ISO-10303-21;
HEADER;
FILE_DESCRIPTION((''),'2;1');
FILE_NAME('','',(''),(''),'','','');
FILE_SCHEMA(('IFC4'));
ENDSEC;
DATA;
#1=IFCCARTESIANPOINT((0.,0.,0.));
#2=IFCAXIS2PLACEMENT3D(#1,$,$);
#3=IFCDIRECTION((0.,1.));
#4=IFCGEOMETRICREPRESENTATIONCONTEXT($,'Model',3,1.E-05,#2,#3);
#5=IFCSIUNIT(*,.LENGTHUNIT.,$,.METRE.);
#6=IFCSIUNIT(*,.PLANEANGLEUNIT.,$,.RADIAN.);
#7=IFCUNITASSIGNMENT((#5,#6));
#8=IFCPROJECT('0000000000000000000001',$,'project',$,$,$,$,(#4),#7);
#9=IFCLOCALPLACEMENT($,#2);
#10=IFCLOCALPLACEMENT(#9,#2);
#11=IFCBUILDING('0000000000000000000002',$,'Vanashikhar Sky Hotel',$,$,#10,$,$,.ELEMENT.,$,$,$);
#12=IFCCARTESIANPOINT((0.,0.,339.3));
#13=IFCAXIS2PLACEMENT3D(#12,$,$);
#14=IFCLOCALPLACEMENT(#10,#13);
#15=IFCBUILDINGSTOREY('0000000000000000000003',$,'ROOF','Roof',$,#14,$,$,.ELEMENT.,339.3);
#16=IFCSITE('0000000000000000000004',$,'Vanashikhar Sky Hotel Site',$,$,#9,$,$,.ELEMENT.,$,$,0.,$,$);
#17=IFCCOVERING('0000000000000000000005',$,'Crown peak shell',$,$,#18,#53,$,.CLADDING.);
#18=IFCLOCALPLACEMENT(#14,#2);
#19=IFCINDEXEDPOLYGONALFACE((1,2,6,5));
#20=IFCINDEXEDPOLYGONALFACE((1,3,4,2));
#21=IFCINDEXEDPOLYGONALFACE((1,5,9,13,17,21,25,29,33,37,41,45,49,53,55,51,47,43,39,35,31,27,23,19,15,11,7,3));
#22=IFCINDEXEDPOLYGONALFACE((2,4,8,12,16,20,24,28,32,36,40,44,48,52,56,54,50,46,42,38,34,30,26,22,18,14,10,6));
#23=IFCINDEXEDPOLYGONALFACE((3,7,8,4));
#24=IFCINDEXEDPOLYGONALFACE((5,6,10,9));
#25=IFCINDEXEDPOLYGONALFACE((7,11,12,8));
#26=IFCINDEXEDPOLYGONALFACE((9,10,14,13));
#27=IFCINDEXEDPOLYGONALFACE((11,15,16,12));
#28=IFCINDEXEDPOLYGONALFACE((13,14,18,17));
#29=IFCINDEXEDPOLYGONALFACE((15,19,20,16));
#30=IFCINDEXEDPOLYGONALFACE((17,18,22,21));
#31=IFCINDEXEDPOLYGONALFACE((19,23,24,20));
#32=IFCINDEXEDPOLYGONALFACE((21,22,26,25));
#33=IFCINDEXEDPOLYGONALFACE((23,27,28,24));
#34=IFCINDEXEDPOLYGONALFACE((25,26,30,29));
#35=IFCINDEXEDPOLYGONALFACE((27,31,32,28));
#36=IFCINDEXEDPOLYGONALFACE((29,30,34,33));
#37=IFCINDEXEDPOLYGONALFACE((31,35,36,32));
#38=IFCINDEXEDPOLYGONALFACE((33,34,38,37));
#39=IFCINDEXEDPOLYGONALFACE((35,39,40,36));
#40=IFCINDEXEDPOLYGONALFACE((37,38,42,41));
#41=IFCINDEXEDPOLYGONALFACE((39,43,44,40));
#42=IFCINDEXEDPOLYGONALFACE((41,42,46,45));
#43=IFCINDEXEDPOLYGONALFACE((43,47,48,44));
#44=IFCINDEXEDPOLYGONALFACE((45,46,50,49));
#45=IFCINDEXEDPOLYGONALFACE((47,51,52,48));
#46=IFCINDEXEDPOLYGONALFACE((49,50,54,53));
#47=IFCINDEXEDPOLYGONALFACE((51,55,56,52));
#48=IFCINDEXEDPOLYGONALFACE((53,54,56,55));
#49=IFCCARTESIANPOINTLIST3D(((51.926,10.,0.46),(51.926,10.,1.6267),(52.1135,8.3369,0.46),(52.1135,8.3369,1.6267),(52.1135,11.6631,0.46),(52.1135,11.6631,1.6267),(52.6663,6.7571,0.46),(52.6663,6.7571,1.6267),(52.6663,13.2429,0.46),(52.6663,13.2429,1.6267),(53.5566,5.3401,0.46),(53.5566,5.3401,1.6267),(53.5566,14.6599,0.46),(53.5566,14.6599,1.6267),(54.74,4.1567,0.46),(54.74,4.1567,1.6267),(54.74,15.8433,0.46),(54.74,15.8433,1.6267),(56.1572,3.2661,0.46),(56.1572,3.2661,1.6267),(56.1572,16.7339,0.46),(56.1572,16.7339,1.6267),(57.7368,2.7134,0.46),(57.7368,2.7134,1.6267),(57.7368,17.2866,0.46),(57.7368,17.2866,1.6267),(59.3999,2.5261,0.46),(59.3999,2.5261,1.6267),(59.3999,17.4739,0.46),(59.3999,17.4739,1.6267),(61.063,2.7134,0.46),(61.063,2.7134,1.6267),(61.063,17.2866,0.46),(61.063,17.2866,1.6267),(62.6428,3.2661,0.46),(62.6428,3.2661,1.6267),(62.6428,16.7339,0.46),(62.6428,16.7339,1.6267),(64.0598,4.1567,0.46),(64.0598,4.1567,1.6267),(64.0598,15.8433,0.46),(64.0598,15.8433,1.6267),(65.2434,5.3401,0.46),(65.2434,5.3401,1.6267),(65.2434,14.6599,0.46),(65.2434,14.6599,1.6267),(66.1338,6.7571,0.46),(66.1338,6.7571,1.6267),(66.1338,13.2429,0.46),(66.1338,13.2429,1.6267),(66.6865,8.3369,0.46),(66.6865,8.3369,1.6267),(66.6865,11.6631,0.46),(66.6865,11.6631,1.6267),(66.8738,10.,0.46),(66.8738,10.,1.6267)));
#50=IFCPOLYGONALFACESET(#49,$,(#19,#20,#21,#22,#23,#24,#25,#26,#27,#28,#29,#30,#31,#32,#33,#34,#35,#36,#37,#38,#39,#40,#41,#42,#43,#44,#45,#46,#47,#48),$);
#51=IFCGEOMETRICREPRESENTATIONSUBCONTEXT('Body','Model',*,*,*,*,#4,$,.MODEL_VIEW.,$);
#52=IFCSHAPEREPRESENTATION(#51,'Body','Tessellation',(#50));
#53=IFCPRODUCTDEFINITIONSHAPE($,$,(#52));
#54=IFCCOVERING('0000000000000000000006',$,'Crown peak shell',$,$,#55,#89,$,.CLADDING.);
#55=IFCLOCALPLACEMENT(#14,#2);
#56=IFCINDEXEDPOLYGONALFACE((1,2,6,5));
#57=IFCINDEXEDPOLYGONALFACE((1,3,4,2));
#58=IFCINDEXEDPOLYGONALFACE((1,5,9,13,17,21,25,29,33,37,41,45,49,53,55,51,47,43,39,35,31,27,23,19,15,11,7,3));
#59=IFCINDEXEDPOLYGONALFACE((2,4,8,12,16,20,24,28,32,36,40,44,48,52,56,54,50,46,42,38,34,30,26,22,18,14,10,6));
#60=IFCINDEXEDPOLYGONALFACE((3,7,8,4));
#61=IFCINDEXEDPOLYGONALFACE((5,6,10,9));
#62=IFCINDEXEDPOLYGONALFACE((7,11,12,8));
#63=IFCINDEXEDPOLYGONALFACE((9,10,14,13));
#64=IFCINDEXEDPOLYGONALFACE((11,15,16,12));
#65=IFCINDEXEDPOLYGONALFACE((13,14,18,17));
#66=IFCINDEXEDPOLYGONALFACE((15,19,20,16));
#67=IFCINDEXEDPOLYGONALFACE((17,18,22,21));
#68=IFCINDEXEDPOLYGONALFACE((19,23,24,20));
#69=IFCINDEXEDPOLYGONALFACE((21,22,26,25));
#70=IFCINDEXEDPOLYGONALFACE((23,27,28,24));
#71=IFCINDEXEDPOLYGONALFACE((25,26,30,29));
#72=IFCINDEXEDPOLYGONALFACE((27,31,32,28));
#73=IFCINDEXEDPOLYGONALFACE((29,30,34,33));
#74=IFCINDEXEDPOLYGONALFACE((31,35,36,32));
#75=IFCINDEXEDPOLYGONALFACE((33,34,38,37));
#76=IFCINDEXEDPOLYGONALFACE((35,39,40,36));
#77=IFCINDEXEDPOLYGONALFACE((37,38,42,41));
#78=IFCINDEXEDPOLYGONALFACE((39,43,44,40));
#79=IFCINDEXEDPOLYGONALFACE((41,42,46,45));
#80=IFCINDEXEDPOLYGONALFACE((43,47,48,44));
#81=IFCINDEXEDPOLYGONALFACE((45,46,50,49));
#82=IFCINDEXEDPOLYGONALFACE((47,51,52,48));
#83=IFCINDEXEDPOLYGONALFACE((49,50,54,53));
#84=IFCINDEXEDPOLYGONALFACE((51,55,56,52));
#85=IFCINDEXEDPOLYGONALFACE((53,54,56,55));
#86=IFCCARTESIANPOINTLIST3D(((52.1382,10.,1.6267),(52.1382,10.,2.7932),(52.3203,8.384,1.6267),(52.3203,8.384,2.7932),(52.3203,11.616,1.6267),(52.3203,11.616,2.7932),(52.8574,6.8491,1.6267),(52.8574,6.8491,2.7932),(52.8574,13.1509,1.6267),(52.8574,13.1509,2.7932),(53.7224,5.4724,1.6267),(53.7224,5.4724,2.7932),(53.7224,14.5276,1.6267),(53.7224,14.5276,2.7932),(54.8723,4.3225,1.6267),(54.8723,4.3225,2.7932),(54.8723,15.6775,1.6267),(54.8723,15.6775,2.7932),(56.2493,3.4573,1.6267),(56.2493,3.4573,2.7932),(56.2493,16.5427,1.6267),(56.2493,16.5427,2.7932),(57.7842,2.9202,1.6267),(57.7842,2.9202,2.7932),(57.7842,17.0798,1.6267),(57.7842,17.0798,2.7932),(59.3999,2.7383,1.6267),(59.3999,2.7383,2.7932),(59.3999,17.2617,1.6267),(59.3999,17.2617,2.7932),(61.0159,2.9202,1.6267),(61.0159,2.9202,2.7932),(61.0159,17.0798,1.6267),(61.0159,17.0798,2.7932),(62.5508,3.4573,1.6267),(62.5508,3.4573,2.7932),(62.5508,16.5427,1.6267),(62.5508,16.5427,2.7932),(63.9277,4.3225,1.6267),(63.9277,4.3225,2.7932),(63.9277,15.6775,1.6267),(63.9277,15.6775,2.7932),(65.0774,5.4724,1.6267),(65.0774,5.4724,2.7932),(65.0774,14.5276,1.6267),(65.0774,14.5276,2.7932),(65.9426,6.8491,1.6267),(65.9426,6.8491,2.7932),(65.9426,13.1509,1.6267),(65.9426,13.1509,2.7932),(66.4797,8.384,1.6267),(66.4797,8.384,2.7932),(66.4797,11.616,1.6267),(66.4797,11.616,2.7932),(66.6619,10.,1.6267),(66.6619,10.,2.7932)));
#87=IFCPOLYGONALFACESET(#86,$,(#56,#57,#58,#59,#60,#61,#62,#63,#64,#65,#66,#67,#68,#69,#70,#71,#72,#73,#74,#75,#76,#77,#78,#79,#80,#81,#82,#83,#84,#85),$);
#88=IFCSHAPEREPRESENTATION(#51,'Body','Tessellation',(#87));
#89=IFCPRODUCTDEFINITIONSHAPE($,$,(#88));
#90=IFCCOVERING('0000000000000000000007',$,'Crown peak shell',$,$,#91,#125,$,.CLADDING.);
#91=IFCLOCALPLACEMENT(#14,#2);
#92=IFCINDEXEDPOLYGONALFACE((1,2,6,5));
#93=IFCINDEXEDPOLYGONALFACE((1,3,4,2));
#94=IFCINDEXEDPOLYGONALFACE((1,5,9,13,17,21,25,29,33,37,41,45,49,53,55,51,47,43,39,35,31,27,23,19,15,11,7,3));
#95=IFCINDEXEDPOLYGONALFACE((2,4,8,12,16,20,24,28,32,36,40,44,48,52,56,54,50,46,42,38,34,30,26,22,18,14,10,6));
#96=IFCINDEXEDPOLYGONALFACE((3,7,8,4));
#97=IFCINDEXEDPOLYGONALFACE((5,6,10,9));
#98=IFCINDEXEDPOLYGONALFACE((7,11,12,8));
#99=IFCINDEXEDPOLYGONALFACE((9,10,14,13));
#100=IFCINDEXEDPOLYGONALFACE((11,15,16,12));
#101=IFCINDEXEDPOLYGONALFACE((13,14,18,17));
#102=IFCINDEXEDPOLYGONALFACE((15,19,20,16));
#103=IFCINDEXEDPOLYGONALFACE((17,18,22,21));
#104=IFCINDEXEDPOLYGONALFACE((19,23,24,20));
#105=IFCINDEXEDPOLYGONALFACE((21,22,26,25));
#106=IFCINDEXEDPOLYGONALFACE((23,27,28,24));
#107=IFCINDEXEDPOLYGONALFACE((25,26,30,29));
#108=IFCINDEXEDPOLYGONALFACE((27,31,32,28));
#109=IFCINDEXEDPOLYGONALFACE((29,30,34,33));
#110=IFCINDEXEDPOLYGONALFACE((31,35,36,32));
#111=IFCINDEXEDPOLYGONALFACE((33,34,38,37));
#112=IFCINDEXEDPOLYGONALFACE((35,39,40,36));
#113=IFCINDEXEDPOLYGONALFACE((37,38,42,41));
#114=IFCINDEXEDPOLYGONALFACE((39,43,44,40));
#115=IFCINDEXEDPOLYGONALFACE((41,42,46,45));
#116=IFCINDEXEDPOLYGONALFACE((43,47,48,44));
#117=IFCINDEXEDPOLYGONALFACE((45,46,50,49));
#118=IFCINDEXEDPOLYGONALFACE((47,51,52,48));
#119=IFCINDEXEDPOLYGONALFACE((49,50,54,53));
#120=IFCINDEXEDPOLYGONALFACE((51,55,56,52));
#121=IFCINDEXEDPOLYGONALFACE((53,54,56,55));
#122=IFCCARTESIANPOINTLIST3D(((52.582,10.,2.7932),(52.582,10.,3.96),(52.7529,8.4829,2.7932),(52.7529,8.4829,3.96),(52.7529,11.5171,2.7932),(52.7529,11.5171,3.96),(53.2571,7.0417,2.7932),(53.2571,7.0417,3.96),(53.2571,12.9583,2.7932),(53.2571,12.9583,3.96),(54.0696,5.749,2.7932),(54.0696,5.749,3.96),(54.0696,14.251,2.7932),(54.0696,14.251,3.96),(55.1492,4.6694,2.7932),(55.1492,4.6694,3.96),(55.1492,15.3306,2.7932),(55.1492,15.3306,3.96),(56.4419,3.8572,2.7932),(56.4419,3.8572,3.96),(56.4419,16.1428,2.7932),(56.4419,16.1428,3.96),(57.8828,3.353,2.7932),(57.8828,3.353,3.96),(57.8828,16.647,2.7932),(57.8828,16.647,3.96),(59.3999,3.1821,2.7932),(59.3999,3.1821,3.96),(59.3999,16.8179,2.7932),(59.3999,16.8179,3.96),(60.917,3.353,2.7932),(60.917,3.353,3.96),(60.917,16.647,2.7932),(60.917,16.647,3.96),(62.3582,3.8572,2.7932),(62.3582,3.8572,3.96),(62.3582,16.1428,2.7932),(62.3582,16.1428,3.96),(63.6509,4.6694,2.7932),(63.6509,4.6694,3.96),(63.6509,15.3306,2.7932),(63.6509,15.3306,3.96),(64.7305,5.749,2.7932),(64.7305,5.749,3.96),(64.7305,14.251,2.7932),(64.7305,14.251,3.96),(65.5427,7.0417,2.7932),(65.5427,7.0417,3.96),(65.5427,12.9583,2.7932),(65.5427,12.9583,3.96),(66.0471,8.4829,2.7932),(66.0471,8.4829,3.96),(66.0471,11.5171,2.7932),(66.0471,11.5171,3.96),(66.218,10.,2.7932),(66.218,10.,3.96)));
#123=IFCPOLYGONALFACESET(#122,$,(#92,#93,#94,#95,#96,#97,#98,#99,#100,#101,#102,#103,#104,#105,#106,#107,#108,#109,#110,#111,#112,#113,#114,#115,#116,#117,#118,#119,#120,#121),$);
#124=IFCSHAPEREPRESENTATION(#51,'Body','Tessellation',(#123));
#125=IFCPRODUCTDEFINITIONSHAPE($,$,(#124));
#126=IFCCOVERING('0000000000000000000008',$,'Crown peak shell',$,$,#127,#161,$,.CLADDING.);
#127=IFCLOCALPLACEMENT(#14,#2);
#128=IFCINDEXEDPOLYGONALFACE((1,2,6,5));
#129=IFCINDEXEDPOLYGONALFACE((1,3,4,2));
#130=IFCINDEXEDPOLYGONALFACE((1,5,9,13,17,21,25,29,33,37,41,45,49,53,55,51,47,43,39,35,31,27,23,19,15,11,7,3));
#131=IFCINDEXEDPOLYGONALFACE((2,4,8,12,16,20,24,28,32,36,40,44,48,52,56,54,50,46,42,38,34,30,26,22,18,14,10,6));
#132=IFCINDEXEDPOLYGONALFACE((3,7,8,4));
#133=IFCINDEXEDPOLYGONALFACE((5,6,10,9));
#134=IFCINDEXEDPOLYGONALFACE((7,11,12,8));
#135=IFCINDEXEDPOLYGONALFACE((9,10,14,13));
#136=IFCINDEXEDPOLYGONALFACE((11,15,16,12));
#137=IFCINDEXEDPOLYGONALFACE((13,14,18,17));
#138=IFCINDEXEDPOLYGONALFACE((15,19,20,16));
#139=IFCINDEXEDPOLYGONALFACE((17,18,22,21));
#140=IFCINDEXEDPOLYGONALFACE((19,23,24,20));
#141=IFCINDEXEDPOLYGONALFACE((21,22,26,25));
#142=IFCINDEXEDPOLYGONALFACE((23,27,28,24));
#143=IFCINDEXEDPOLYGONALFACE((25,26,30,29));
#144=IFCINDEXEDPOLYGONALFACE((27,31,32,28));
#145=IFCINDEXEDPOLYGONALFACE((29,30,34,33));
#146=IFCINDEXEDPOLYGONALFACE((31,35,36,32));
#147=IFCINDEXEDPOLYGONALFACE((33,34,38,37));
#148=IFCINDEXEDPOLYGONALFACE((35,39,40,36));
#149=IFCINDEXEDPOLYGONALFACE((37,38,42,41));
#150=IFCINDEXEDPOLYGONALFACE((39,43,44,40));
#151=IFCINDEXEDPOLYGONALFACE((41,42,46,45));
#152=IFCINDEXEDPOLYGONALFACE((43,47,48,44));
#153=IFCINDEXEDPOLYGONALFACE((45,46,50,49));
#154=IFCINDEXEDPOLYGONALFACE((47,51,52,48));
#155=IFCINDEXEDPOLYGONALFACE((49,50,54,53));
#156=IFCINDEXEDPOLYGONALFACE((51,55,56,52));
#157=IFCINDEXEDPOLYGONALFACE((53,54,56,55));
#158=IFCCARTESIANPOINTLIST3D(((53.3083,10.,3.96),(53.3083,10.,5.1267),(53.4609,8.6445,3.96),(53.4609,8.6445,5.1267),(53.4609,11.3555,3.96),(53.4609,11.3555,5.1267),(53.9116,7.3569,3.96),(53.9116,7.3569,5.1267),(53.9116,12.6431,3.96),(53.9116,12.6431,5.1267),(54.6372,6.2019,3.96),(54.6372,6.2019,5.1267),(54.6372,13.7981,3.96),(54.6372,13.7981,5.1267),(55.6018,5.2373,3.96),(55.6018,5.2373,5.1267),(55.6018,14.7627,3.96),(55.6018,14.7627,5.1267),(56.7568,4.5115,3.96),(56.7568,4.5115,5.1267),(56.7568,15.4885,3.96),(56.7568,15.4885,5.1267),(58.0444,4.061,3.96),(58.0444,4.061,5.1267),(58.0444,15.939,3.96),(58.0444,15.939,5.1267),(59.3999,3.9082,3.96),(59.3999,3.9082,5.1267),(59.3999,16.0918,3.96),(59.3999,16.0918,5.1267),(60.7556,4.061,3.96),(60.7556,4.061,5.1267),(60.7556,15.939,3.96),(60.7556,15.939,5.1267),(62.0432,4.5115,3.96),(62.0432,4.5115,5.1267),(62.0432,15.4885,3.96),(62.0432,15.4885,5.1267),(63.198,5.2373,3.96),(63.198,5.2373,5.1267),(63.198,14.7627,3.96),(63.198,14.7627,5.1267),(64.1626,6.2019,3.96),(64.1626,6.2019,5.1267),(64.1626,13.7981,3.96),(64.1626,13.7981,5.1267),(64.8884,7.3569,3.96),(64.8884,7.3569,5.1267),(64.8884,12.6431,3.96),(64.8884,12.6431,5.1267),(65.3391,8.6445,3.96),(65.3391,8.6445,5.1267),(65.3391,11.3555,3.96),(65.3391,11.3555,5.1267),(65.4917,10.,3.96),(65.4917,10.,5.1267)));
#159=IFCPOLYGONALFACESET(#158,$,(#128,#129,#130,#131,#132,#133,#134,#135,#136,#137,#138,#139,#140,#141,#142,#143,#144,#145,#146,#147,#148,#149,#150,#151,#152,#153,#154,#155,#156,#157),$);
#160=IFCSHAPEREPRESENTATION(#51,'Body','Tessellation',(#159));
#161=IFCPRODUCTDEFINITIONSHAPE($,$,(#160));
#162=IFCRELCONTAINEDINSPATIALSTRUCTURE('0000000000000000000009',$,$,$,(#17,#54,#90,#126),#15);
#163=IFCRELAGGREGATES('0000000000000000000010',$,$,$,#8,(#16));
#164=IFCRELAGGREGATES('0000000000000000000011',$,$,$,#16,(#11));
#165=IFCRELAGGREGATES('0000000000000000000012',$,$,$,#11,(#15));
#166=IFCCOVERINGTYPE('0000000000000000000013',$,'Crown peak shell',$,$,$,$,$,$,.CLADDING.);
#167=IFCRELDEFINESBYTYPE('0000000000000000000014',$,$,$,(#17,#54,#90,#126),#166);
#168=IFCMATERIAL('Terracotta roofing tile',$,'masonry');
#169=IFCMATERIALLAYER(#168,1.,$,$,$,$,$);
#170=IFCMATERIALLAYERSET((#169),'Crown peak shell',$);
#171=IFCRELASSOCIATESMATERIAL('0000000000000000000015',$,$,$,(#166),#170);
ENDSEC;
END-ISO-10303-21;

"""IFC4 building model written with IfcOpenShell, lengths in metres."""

from ifc_helpers import new_model, si_unit, direction, frame, origin, place, context, subcontext, project, spatial, polyline, outline, extrude, source, transform, mapped, material, layer, layer_set, type_object, element, save


model = new_model("IFC4")

# Units and contexts
model_context = context("Model", 3, precision=1e-05, world=origin(), true_north=direction((0.0, 1.0)))
body_context = subcontext(model_context, "Body", "Model", "MODEL_VIEW")
ifc_project = project(units=[si_unit("LENGTHUNIT", "METRE"), si_unit("PLANEANGLEUNIT", "RADIAN")], contexts=[model_context])

# Site, building, storey
site_placement = place(None, origin())
site = spatial("IfcSite", under=ifc_project, at=site_placement, Name="Vanashikhar Sky Hotel Site", CompositionType="ELEMENT", RefElevation=0.0)
building_placement = place(site_placement, origin())
building = spatial("IfcBuilding", under=site, at=building_placement, Name="Vanashikhar Sky Hotel", CompositionType="ELEMENT")
storey_placement = place(building_placement, frame((0.0, 0.0, 339.3)))
storey = spatial("IfcBuildingStorey", under=building, at=storey_placement, Name="ROOF", Description="Roof", CompositionType="ELEMENT", Elevation=339.3)

# Coverings
ifc_material_1 = material(Name="Terracotta roofing tile", Category="masonry")
ifc_layer_1 = layer(ifc_material_1, 1.0)
ifc_layer_set_1 = layer_set([ifc_layer_1], Name="Crown peak shell")
covering_type_1 = type_object("IfcCoveringType", Name="Crown peak shell", PredefinedType="CLADDING", material=ifc_layer_set_1)
shared_shape_1 = source(origin(), body_context, "Body", "SweptSolid", [
    extrude(outline(polyline([(66.8738, 10.0), (66.6865, 11.6631), (66.1338, 13.2429), (65.2434, 14.6599), (64.0598, 15.8433), (62.6428, 16.7339), (61.063, 17.2866), (59.3999, 17.4739), (57.7368, 17.2866), (56.1572, 16.7339), (54.74, 15.8433), (53.5566, 14.6599), (52.6663, 13.2429), (52.1135, 11.6631), (51.926, 10.0), (52.1135, 8.3369), (52.6663, 6.7571), (53.5566, 5.3401), (54.74, 4.1567), (56.1572, 3.2661), (57.7368, 2.7134), (59.3999, 2.5261), (61.063, 2.7134), (62.6428, 3.2661), (64.0598, 4.1567), (65.2434, 5.3401), (66.1338, 6.7571), (66.6865, 8.3369), (66.8738, 10.0)])), origin(), (0.0, 0.0, 1.0), 1.1667),
])
covering_1_placement = place(storey_placement, frame((0.0, 0.0, 0.46)))
element("IfcCovering", 1, at=covering_1_placement, inside=storey, type_object=covering_type_1, Name="Crown peak shell", PredefinedType="CLADDING", context=body_context, shape_type="MappedRepresentation", body=[
    mapped(shared_shape_1, transform((0.0, 0.0, 0.0), scale=1.0)),
])
shared_shape_2 = source(origin(), body_context, "Body", "SweptSolid", [
    extrude(outline(polyline([(66.6619, 10.0), (66.4797, 11.616), (65.9426, 13.1509), (65.0774, 14.5276), (63.9277, 15.6775), (62.5508, 16.5427), (61.0159, 17.0798), (59.3999, 17.2617), (57.7842, 17.0798), (56.2493, 16.5427), (54.8723, 15.6775), (53.7224, 14.5276), (52.8574, 13.1509), (52.3203, 11.616), (52.1382, 10.0), (52.3203, 8.384), (52.8574, 6.8491), (53.7224, 5.4724), (54.8723, 4.3225), (56.2493, 3.4573), (57.7842, 2.9202), (59.3999, 2.7383), (61.0159, 2.9202), (62.5508, 3.4573), (63.9277, 4.3225), (65.0774, 5.4724), (65.9426, 6.8491), (66.4797, 8.384), (66.6619, 10.0)])), origin(), (0.0, 0.0, 1.0), 1.1665),
])
covering_2_placement = place(storey_placement, frame((0.0, 0.0, 1.6267)))
element("IfcCovering", 2, at=covering_2_placement, inside=storey, type_object=covering_type_1, Name="Crown peak shell", PredefinedType="CLADDING", context=body_context, shape_type="MappedRepresentation", body=[
    mapped(shared_shape_2, transform((0.0, 0.0, 0.0), scale=1.0)),
])
shared_shape_3 = source(origin(), body_context, "Body", "SweptSolid", [
    extrude(outline(polyline([(66.218, 10.0), (66.0471, 11.5171), (65.5427, 12.9583), (64.7305, 14.251), (63.6509, 15.3306), (62.3582, 16.1428), (60.917, 16.647), (59.3999, 16.8179), (57.8828, 16.647), (56.4419, 16.1428), (55.1492, 15.3306), (54.0696, 14.251), (53.2571, 12.9583), (52.7529, 11.5171), (52.582, 10.0), (52.7529, 8.4829), (53.2571, 7.0417), (54.0696, 5.749), (55.1492, 4.6694), (56.4419, 3.8572), (57.8828, 3.353), (59.3999, 3.1821), (60.917, 3.353), (62.3582, 3.8572), (63.6509, 4.6694), (64.7305, 5.749), (65.5427, 7.0417), (66.0471, 8.4829), (66.218, 10.0)])), origin(), (0.0, 0.0, 1.0), 1.1667),
])
covering_3_placement = place(storey_placement, frame((0.0, 0.0, 2.7932)))
element("IfcCovering", 3, at=covering_3_placement, inside=storey, type_object=covering_type_1, Name="Crown peak shell", PredefinedType="CLADDING", context=body_context, shape_type="MappedRepresentation", body=[
    mapped(shared_shape_3, transform((0.0, 0.0, 0.0), scale=1.0)),
])
shared_shape_4 = source(origin(), body_context, "Body", "SweptSolid", [
    extrude(outline(polyline([(65.4917, 10.0), (65.3391, 11.3555), (64.8884, 12.6431), (64.1626, 13.7981), (63.198, 14.7627), (62.0432, 15.4885), (60.7556, 15.939), (59.3999, 16.0918), (58.0444, 15.939), (56.7568, 15.4885), (55.6018, 14.7627), (54.6372, 13.7981), (53.9116, 12.6431), (53.4609, 11.3555), (53.3083, 10.0), (53.4609, 8.6445), (53.9116, 7.3569), (54.6372, 6.2019), (55.6018, 5.2373), (56.7568, 4.5115), (58.0444, 4.061), (59.3999, 3.9082), (60.7556, 4.061), (62.0432, 4.5115), (63.198, 5.2373), (64.1626, 6.2019), (64.8884, 7.3569), (65.3391, 8.6445), (65.4917, 10.0)])), origin(), (0.0, 0.0, 1.0), 1.1667),
])
covering_4_placement = place(storey_placement, frame((0.0, 0.0, 3.96)))
element("IfcCovering", 4, at=covering_4_placement, inside=storey, type_object=covering_type_1, Name="Crown peak shell", PredefinedType="CLADDING", context=body_context, shape_type="MappedRepresentation", body=[
    mapped(shared_shape_4, transform((0.0, 0.0, 0.0), scale=1.0)),
])

save(model, "model.ifc")
